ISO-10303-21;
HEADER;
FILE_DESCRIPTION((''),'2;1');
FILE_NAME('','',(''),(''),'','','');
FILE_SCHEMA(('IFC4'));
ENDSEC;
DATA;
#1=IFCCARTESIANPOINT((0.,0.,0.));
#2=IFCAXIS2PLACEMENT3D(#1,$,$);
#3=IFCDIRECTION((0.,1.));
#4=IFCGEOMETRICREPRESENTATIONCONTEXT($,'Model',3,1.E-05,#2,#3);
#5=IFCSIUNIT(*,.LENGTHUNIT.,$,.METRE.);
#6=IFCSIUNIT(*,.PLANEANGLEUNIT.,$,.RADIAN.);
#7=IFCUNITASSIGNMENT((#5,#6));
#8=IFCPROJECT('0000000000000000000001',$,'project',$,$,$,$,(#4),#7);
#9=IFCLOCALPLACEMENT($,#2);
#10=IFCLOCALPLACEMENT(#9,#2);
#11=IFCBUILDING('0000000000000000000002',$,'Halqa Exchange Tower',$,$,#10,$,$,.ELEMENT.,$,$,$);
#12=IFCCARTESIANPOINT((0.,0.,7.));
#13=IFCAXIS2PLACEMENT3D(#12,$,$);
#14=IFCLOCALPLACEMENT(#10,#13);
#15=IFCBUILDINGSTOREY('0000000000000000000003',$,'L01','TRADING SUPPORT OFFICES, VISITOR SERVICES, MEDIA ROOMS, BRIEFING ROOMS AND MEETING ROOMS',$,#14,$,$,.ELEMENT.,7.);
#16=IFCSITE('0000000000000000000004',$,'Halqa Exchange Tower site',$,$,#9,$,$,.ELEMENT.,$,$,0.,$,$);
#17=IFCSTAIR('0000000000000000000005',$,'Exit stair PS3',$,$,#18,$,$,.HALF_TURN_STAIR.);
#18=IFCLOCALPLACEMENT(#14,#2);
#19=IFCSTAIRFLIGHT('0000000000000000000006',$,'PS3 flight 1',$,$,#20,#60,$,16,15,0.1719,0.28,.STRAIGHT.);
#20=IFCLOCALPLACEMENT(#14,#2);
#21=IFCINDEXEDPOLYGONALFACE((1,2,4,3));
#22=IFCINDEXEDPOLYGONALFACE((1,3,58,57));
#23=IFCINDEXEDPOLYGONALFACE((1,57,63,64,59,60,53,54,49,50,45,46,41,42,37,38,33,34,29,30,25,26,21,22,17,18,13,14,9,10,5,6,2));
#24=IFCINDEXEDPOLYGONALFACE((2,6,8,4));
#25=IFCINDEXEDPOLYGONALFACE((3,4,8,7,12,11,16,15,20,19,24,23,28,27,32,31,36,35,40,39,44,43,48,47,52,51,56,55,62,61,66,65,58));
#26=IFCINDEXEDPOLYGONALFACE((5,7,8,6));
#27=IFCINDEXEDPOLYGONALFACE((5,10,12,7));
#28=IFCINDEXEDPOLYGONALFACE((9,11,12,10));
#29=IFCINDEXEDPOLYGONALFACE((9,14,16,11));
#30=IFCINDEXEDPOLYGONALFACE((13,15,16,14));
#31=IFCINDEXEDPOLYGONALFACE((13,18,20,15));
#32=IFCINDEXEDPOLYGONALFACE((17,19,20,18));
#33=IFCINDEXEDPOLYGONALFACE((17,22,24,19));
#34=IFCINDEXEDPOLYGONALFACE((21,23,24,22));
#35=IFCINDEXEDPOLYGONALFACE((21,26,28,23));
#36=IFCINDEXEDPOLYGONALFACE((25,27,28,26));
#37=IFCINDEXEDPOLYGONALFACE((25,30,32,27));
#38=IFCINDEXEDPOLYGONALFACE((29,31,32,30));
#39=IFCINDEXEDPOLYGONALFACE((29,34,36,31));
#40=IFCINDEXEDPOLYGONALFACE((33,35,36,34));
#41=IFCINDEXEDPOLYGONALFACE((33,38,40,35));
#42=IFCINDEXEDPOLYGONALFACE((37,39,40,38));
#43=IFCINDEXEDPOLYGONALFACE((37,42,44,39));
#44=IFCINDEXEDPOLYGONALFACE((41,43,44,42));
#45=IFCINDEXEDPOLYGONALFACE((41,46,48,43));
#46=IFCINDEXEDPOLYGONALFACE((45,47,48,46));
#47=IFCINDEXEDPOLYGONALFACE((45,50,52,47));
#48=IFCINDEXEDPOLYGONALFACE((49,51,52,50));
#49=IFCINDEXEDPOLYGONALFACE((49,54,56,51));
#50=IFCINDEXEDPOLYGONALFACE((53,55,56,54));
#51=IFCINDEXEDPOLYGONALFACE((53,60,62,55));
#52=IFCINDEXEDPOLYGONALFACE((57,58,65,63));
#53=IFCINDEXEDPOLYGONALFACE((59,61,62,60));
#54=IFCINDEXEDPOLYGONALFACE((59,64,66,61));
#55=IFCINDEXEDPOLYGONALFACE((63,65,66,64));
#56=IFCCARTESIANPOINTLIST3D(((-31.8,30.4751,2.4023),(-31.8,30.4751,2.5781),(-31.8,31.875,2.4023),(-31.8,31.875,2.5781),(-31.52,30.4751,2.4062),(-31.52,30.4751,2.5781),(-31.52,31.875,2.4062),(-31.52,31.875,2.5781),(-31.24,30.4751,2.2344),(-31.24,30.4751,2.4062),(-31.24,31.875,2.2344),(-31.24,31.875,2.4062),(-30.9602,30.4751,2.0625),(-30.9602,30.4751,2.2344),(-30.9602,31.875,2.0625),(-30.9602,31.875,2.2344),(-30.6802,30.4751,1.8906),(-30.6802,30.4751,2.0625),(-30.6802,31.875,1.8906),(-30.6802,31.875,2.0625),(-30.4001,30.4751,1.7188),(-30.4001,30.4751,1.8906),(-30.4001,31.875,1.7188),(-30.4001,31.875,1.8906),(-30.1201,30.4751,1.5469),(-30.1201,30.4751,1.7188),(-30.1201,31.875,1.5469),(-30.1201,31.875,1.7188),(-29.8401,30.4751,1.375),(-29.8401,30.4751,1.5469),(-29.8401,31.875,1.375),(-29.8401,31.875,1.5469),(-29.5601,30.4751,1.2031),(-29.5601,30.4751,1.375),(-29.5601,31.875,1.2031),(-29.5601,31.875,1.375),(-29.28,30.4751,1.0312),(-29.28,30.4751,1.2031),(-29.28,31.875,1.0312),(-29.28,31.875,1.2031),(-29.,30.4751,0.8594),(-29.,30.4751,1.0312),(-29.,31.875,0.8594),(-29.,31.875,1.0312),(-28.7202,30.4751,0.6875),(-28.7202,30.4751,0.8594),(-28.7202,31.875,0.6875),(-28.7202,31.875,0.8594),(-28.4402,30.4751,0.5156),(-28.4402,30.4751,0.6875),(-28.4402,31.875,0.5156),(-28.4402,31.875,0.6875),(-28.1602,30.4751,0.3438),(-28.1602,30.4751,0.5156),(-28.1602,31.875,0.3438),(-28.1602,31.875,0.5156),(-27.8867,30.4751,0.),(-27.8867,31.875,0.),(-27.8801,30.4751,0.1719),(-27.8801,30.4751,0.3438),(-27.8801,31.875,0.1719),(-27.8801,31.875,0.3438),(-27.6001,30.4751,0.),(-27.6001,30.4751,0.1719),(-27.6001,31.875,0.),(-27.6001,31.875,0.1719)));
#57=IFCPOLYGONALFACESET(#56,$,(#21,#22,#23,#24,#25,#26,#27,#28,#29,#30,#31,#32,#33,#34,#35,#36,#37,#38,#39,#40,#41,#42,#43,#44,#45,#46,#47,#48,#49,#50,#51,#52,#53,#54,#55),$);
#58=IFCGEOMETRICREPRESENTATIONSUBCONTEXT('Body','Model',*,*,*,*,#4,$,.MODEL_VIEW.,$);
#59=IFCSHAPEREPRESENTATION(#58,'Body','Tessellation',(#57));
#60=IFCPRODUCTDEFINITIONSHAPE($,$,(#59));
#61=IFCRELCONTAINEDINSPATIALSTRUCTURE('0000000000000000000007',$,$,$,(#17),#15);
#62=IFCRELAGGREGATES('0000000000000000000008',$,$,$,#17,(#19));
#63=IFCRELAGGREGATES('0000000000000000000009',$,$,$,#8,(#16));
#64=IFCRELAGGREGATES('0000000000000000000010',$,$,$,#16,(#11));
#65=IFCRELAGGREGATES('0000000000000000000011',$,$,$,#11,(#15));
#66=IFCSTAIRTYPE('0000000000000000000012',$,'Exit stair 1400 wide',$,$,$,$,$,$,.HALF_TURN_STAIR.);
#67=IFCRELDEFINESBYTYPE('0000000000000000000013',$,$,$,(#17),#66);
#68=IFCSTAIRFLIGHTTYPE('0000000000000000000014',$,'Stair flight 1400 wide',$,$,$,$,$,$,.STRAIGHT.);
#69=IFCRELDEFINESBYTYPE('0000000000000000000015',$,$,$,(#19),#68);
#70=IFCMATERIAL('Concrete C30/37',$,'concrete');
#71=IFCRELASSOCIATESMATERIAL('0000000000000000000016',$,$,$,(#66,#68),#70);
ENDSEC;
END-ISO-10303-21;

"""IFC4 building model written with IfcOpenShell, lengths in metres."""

from ifc_helpers import new_model, si_unit, direction, frame, origin, place, context, subcontext, project, spatial, polyline, outline, extrude, material, type_object, element, aggregate, save


model = new_model("IFC4")

# Units and contexts
model_context = context("Model", 3, precision=1e-05, world=origin(), true_north=direction((0.0, 1.0)))
body_context = subcontext(model_context, "Body", "Model", "MODEL_VIEW")
ifc_project = project(units=[si_unit("LENGTHUNIT", "METRE"), si_unit("PLANEANGLEUNIT", "RADIAN")], contexts=[model_context])

# Site, building, storey
site_placement = place(None, origin())
site = spatial("IfcSite", under=ifc_project, at=site_placement, Name="Halqa Exchange Tower site", CompositionType="ELEMENT", RefElevation=0.0)
building_placement = place(site_placement, origin())
building = spatial("IfcBuilding", under=site, at=building_placement, Name="Halqa Exchange Tower", CompositionType="ELEMENT")
storey_placement = place(building_placement, frame((0.0, 0.0, 7.0)))
storey = spatial("IfcBuildingStorey", under=building, at=storey_placement, Name="L01", Description="TRADING SUPPORT OFFICES, VISITOR SERVICES, MEDIA ROOMS, BRIEFING ROOMS AND MEETING ROOMS", CompositionType="ELEMENT", Elevation=7.0)

# Stair, stair flight
ifc_material_1 = material(Name="Concrete C30/37", Category="concrete")
stair_type = type_object("IfcStairType", Name="Exit stair 1400 wide", PredefinedType="HALF_TURN_STAIR", material=ifc_material_1)
stair_placement = place(storey_placement, origin())
stair = element("IfcStair", 1, at=stair_placement, inside=storey, type_object=stair_type, Name="Exit stair PS3", PredefinedType="HALF_TURN_STAIR")
stair_flight_type = type_object("IfcStairFlightType", Name="Stair flight 1400 wide", PredefinedType="STRAIGHT", material=ifc_material_1)
stair_flight_placement = place(storey_placement, frame((-27.6001, 31.175, 0.0), z_axis=(0.0, 0.0, 1.0), x_axis=(-1.0, 0.0, 0.0)))
stair_flight = element("IfcStairFlight", 2, at=stair_flight_placement, type_object=stair_flight_type, Name="PS3 flight 1", NumberOfRisers=16, NumberOfTreads=15, PredefinedType="STRAIGHT", RiserHeight=0.1719, TreadLength=0.28, context=body_context, shape_type="SweptSolid", body=[
    extrude(outline(polyline([(0.0, 0.0), (0.0, 0.1719), (0.28, 0.1719), (0.28, 0.3438), (0.5601, 0.3438), (0.5601, 0.5156), (0.8401, 0.5156), (0.8401, 0.6875), (1.1201, 0.6875), (1.1201, 0.8594), (1.3999, 0.8594), (1.3999, 1.0312), (1.6799, 1.0312), (1.6799, 1.2031), (1.96, 1.2031), (1.96, 1.375), (2.24, 1.375), (2.24, 1.5469), (2.52, 1.5469), (2.52, 1.7188), (2.8, 1.7188), (2.8, 1.8906), (3.0801, 1.8906), (3.0801, 2.0625), (3.3601, 2.0625), (3.3601, 2.2344), (3.6399, 2.2344), (3.6399, 2.4062), (3.9199, 2.4062), (3.9199, 2.5781), (4.2, 2.5781), (4.2, 2.75), (4.2, 2.4023), (0.2866, 0.0), (0.0, 0.0)])), frame((0.0, 0.7, 0.0), z_axis=(0.0, -1.0, 0.0), x_axis=(1.0, 0.0, 0.0)), (0.0, 0.0, 1.0), 1.3999),
])
aggregate(stair, [stair_flight])

save(model, "model.ifc")
